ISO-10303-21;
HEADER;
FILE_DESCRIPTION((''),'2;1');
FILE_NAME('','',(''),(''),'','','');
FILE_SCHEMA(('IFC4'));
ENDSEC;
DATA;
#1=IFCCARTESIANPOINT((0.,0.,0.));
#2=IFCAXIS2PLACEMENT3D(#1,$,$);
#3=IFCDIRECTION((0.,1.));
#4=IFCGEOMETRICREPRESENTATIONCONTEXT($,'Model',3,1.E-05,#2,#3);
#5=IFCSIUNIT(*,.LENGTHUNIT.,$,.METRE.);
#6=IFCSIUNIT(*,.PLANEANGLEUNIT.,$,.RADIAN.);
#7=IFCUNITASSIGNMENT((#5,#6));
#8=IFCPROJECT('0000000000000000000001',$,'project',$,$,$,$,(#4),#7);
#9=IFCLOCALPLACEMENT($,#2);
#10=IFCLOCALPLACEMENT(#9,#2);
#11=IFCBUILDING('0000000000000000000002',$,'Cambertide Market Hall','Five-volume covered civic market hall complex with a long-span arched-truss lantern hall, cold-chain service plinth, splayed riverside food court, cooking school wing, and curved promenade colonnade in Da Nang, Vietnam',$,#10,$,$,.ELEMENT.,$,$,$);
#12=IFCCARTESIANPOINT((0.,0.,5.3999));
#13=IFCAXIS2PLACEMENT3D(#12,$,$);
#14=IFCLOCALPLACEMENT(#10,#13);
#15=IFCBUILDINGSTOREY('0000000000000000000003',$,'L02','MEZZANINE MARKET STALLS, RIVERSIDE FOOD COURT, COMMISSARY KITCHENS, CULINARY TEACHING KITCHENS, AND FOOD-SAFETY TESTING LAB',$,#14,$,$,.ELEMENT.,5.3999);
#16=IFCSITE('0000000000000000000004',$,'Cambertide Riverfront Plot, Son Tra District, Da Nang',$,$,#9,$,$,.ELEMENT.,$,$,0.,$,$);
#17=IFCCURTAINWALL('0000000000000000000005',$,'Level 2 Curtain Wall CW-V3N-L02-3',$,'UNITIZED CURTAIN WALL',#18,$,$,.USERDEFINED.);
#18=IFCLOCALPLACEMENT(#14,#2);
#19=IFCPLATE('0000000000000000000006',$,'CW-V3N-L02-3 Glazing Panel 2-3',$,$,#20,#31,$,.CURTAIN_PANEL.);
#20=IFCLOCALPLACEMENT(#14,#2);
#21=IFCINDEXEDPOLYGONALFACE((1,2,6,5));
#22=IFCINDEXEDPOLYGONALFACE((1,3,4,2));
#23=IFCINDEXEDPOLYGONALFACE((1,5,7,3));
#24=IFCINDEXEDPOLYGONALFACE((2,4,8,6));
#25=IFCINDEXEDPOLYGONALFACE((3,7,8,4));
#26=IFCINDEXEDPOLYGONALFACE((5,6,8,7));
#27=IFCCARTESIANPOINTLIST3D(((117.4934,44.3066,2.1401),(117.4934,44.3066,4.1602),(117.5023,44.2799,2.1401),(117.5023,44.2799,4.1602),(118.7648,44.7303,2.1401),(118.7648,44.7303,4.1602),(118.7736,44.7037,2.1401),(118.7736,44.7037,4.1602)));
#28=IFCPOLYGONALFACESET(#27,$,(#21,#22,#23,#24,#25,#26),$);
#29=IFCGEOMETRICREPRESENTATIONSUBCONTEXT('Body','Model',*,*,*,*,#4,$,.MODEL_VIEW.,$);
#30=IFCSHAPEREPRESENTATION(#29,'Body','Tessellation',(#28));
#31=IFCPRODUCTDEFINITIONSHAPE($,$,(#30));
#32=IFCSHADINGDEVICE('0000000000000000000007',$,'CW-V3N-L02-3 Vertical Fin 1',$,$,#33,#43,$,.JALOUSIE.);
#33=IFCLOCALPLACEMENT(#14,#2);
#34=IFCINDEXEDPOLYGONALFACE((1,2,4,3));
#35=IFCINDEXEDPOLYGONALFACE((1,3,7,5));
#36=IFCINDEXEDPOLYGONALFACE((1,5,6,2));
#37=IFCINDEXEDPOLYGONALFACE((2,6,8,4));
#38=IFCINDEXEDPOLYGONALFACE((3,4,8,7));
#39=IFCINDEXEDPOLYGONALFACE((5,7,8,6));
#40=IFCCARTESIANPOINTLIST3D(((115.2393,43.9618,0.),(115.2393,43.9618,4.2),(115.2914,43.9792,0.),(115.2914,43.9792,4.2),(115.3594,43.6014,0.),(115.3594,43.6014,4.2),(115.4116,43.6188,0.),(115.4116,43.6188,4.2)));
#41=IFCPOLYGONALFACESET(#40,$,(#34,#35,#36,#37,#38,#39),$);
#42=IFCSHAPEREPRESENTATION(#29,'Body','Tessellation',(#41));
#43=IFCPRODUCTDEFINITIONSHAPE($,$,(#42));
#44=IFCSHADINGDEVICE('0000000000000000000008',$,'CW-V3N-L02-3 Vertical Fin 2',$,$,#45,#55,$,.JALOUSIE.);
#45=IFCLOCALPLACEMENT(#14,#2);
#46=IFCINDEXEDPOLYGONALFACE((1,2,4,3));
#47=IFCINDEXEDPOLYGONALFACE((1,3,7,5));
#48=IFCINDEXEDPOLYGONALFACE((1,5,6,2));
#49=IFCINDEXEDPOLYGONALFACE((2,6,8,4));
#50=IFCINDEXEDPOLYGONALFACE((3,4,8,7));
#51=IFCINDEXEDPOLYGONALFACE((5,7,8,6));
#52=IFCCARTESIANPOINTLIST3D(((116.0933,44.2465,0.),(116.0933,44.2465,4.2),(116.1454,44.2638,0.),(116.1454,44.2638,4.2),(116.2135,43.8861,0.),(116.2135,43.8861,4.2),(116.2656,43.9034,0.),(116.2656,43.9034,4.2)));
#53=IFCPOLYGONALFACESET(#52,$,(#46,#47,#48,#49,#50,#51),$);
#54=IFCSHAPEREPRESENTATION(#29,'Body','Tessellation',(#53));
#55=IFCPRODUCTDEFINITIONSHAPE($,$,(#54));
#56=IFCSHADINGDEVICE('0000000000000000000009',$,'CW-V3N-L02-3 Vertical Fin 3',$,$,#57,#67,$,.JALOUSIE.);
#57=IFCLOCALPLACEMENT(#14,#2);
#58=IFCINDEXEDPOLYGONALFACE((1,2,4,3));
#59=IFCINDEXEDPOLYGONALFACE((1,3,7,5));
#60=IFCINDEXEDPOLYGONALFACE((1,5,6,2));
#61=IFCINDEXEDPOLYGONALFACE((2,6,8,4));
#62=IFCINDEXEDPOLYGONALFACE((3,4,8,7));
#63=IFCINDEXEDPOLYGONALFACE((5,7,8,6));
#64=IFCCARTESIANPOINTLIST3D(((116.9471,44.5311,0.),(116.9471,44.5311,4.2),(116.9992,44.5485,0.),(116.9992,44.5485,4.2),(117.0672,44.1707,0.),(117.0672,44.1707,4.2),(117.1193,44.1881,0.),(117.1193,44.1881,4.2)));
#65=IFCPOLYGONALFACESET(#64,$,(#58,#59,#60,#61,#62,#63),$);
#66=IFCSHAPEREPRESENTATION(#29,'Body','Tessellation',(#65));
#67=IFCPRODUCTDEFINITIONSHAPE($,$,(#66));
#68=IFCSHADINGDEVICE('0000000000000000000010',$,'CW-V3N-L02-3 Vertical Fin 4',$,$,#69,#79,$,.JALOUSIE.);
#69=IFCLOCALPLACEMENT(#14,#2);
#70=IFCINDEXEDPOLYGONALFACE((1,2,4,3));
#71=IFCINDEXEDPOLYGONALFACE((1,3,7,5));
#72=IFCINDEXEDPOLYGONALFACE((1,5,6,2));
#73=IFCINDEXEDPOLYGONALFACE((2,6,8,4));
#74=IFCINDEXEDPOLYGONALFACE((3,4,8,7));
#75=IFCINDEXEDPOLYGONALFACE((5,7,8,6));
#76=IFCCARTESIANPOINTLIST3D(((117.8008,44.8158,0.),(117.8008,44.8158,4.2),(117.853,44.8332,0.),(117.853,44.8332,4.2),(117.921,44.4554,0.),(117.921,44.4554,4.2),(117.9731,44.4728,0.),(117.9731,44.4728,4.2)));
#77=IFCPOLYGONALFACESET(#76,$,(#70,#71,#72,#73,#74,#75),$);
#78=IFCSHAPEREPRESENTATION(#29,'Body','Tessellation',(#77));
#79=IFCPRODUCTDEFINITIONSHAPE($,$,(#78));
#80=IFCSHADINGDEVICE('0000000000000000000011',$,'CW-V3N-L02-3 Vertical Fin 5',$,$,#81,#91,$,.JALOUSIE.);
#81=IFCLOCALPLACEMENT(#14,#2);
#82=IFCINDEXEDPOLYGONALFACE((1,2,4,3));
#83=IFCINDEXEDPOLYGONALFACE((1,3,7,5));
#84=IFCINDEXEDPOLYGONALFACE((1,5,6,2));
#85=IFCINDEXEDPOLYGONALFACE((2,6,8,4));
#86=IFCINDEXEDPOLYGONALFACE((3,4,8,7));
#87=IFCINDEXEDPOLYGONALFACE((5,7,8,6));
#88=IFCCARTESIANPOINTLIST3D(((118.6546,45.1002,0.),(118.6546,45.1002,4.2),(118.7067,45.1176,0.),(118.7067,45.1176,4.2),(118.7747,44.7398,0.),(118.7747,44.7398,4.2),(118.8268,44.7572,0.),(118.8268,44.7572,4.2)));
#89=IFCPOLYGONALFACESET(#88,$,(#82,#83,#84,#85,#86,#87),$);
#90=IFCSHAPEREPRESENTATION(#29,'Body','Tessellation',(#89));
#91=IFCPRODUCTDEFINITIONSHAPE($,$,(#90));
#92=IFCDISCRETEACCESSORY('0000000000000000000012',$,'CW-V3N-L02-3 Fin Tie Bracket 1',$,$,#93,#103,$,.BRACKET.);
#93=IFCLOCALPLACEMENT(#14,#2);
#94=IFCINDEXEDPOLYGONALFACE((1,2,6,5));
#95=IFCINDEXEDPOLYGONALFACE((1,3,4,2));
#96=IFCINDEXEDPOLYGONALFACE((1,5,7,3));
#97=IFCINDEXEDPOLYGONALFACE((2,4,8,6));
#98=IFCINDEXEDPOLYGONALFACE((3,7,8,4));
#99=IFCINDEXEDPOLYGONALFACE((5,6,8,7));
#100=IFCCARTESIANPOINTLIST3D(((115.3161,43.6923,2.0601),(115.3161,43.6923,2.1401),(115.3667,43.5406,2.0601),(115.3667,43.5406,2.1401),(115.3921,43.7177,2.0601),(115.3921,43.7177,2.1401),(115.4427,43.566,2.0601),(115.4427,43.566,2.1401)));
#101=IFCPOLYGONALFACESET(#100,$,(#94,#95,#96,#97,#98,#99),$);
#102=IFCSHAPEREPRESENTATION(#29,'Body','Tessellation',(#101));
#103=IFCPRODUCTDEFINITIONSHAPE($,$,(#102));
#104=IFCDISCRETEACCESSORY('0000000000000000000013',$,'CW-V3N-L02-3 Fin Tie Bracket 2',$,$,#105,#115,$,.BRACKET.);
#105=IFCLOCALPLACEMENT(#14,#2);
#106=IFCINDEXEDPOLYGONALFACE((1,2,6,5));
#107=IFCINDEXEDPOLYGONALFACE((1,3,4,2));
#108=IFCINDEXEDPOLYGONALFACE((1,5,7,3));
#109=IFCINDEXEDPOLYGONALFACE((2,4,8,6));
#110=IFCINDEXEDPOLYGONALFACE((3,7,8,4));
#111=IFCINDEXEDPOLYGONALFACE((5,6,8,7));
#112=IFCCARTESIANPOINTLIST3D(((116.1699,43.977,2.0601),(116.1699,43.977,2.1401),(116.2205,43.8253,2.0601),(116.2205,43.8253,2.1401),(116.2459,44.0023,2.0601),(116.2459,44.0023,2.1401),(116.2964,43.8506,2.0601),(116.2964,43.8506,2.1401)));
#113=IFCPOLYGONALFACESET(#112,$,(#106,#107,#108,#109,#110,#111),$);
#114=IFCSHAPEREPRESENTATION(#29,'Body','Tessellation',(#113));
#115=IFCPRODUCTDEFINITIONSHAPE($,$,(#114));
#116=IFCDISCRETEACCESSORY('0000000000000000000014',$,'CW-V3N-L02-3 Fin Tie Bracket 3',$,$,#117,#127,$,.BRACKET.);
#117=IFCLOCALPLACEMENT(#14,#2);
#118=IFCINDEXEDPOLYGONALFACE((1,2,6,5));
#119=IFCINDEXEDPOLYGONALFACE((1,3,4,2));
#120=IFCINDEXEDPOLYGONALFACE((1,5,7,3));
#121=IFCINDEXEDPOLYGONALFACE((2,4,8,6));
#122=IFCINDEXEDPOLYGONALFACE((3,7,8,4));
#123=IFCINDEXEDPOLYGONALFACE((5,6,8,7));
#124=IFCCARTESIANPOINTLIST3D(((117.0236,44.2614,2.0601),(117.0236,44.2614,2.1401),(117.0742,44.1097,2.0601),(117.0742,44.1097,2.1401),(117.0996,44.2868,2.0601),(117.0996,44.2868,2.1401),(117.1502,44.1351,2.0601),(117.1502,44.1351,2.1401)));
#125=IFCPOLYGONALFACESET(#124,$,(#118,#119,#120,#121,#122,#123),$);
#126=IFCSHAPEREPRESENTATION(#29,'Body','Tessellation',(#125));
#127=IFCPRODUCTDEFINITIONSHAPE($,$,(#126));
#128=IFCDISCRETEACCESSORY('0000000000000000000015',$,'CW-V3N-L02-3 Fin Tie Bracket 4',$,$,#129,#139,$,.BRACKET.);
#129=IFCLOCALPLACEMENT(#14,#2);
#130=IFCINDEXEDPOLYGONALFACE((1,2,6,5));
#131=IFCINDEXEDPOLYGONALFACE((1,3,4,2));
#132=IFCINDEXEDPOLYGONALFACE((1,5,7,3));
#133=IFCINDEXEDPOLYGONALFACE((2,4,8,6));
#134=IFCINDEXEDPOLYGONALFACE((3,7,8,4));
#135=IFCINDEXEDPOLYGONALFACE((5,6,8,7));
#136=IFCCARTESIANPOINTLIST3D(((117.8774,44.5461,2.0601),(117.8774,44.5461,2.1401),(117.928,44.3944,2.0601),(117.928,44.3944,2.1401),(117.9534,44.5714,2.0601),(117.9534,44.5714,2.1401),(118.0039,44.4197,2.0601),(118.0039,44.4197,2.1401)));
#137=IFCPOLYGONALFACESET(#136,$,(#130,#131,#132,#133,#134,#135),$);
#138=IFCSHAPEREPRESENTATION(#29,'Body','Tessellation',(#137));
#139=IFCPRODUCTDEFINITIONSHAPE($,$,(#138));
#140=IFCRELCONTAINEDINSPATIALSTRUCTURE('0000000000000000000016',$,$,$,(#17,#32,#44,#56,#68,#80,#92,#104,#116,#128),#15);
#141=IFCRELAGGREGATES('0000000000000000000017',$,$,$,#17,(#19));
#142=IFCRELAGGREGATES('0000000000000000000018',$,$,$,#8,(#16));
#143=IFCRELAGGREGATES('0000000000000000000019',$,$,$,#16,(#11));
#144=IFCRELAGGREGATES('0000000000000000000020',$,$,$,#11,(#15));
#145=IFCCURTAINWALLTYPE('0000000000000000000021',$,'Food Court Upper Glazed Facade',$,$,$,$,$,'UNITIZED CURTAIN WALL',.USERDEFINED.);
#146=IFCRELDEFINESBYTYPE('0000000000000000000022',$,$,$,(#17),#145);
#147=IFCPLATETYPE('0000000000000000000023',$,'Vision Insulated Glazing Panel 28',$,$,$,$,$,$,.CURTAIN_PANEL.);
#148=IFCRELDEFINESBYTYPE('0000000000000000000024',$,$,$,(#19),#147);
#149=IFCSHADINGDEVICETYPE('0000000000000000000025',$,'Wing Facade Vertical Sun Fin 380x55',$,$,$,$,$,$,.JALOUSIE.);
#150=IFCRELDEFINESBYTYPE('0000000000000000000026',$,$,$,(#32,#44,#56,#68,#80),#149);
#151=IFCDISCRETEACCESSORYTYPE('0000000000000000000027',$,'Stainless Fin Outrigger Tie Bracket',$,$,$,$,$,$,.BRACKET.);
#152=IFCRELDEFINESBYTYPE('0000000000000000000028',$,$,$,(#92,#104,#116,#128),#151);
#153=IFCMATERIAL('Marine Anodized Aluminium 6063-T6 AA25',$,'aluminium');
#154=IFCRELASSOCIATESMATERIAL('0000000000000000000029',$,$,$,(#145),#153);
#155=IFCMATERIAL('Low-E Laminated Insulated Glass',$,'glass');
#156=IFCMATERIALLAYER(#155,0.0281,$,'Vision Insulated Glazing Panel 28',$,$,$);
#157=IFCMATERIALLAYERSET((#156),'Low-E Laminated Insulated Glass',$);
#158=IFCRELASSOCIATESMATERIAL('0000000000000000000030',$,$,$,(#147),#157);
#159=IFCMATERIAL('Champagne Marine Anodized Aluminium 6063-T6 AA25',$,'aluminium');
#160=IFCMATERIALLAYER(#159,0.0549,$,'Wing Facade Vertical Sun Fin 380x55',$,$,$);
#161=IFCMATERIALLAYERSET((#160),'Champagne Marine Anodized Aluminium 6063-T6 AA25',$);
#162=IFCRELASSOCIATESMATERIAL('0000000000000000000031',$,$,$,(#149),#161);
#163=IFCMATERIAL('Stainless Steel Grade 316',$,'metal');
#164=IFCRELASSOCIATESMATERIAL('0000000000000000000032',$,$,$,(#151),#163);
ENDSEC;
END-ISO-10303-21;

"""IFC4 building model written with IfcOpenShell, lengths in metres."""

from ifc_helpers import new_model, si_unit, direction, frame, origin, origin_2d, place, context, subcontext, project, spatial, rectangle, extrude, material, layer, layer_set, type_object, element, aggregate, save


model = new_model("IFC4")

# Units and contexts
model_context = context("Model", 3, precision=1e-05, world=origin(), true_north=direction((0.0, 1.0)))
body_context = subcontext(model_context, "Body", "Model", "MODEL_VIEW")
ifc_project = project(units=[si_unit("LENGTHUNIT", "METRE"), si_unit("PLANEANGLEUNIT", "RADIAN")], contexts=[model_context])

# Site, building, storey
site_placement = place(None, origin())
site = spatial("IfcSite", under=ifc_project, at=site_placement, Name="Cambertide Riverfront Plot, Son Tra District, Da Nang", CompositionType="ELEMENT", RefElevation=0.0)
building_placement = place(site_placement, origin())
building = spatial("IfcBuilding", under=site, at=building_placement, Name="Cambertide Market Hall", Description="Five-volume covered civic market hall complex with a long-span arched-truss lantern hall, cold-chain service plinth, splayed riverside food court, cooking school wing, and curved promenade colonnade in Da Nang, Vietnam", CompositionType="ELEMENT")
storey_placement = place(building_placement, frame((0.0, 0.0, 5.3999)))
storey = spatial("IfcBuildingStorey", under=building, at=storey_placement, Name="L02", Description="MEZZANINE MARKET STALLS, RIVERSIDE FOOD COURT, COMMISSARY KITCHENS, CULINARY TEACHING KITCHENS, AND FOOD-SAFETY TESTING LAB", CompositionType="ELEMENT", Elevation=5.3999)

# Curtain wall
ifc_material_1 = material(Name="Marine Anodized Aluminium 6063-T6 AA25", Category="aluminium")
curtain_wall_type = type_object("IfcCurtainWallType", Name="Food Court Upper Glazed Facade", ElementType="UNITIZED CURTAIN WALL", PredefinedType="USERDEFINED", material=ifc_material_1)
curtain_wall_placement = place(storey_placement, origin())
curtain_wall = element("IfcCurtainWall", 1, at=curtain_wall_placement, inside=storey, type_object=curtain_wall_type, Name="Level 2 Curtain Wall CW-V3N-L02-3", ObjectType="UNITIZED CURTAIN WALL", PredefinedType="USERDEFINED")

# Plate
ifc_material_2 = material(Name="Low-E Laminated Insulated Glass", Category="glass")
ifc_layer_1 = layer(ifc_material_2, 0.0281, Name="Vision Insulated Glazing Panel 28")
ifc_layer_set_1 = layer_set([ifc_layer_1], Name="Low-E Laminated Insulated Glass")
plate_type = type_object("IfcPlateType", Name="Vision Insulated Glazing Panel 28", PredefinedType="CURTAIN_PANEL", material=ifc_layer_set_1)
plate_1_placement = place(storey_placement, frame((118.1335, 44.5051, 2.1401), z_axis=(0.0, 0.0, 1.0), x_axis=(0.948683, 0.316228, 0.0)))
plate_1 = element("IfcPlate", 2, at=plate_1_placement, type_object=plate_type, Name="CW-V3N-L02-3 Glazing Panel 2-3", PredefinedType="CURTAIN_PANEL", context=body_context, shape_type="SweptSolid", body=[
    extrude(rectangle(XDim=1.3401, YDim=0.0281, at=origin_2d()), origin(), (0.0, 0.0, 1.0), 2.02),
])
aggregate(curtain_wall, [plate_1])

# Shading devices
ifc_material_3 = material(Name="Champagne Marine Anodized Aluminium 6063-T6 AA25", Category="aluminium")
ifc_layer_2 = layer(ifc_material_3, 0.0549, Name="Wing Facade Vertical Sun Fin 380x55")
ifc_layer_set_2 = layer_set([ifc_layer_2], Name="Champagne Marine Anodized Aluminium 6063-T6 AA25")
shading_device_type = type_object("IfcShadingDeviceType", Name="Wing Facade Vertical Sun Fin 380x55", PredefinedType="JALOUSIE", material=ifc_layer_set_2)
for number, where, z_axis, x_axis, name in (
    (3, (115.3254, 43.7903, 0.0), (0.0, 0.0, 1.0), (0.948683, 0.316228, 0.0), "CW-V3N-L02-3 Vertical Fin 1"),
    (4, (116.1794, 44.075, 0.0), (0.0, 0.0, 1.0), (0.948683, 0.316228, 0.0), "CW-V3N-L02-3 Vertical Fin 2"),
    (5, (117.0332, 44.3596, 0.0), (0.0, 0.0, 1.0), (0.948683, 0.316228, 0.0), "CW-V3N-L02-3 Vertical Fin 3"),
    (6, (117.887, 44.6443, 0.0), (0.0, 0.0, 1.0), (0.948683, 0.316228, 0.0), "CW-V3N-L02-3 Vertical Fin 4"),
    (7, (118.7407, 44.9287, 0.0), (0.0, 0.0, 1.0), (0.948683, 0.316228, 0.0), "CW-V3N-L02-3 Vertical Fin 5"),
):
    element("IfcShadingDevice", number, at=place(storey_placement, frame(where, z_axis=z_axis, x_axis=x_axis)), inside=storey, type_object=shading_device_type, Name=name, PredefinedType="JALOUSIE", context=body_context, shape_type="SweptSolid", body=[
        extrude(rectangle(XDim=0.0549, YDim=0.3799, at=origin_2d()), origin(), (0.0, 0.0, 1.0), 4.2),
    ])

# Discrete accessories
ifc_material_4 = material(Name="Stainless Steel Grade 316", Category="metal")
discrete_accessory_type = type_object("IfcDiscreteAccessoryType", Name="Stainless Fin Outrigger Tie Bracket", PredefinedType="BRACKET", material=ifc_material_4)
for number, where, z_axis, x_axis, name in (
    (8, (115.3794, 43.6292, 2.0601), (0.0, 0.0, 1.0), (0.948683, 0.316228, 0.0), "CW-V3N-L02-3 Fin Tie Bracket 1"),
    (9, (116.2332, 43.9138, 2.0601), (0.0, 0.0, 1.0), (0.948683, 0.316228, 0.0), "CW-V3N-L02-3 Fin Tie Bracket 2"),
    (10, (117.0869, 44.1982, 2.0601), (0.0, 0.0, 1.0), (0.948683, 0.316228, 0.0), "CW-V3N-L02-3 Fin Tie Bracket 3"),
    (11, (117.9407, 44.4829, 2.0601), (0.0, 0.0, 1.0), (0.948683, 0.316228, 0.0), "CW-V3N-L02-3 Fin Tie Bracket 4"),
):
    element("IfcDiscreteAccessory", number, at=place(storey_placement, frame(where, z_axis=z_axis, x_axis=x_axis)), inside=storey, type_object=discrete_accessory_type, Name=name, PredefinedType="BRACKET", context=body_context, shape_type="SweptSolid", body=[
        extrude(rectangle(XDim=0.0801, YDim=0.1599, at=origin_2d()), origin(), (0.0, 0.0, 1.0), 0.0801),
    ])

save(model, "model.ifc")
